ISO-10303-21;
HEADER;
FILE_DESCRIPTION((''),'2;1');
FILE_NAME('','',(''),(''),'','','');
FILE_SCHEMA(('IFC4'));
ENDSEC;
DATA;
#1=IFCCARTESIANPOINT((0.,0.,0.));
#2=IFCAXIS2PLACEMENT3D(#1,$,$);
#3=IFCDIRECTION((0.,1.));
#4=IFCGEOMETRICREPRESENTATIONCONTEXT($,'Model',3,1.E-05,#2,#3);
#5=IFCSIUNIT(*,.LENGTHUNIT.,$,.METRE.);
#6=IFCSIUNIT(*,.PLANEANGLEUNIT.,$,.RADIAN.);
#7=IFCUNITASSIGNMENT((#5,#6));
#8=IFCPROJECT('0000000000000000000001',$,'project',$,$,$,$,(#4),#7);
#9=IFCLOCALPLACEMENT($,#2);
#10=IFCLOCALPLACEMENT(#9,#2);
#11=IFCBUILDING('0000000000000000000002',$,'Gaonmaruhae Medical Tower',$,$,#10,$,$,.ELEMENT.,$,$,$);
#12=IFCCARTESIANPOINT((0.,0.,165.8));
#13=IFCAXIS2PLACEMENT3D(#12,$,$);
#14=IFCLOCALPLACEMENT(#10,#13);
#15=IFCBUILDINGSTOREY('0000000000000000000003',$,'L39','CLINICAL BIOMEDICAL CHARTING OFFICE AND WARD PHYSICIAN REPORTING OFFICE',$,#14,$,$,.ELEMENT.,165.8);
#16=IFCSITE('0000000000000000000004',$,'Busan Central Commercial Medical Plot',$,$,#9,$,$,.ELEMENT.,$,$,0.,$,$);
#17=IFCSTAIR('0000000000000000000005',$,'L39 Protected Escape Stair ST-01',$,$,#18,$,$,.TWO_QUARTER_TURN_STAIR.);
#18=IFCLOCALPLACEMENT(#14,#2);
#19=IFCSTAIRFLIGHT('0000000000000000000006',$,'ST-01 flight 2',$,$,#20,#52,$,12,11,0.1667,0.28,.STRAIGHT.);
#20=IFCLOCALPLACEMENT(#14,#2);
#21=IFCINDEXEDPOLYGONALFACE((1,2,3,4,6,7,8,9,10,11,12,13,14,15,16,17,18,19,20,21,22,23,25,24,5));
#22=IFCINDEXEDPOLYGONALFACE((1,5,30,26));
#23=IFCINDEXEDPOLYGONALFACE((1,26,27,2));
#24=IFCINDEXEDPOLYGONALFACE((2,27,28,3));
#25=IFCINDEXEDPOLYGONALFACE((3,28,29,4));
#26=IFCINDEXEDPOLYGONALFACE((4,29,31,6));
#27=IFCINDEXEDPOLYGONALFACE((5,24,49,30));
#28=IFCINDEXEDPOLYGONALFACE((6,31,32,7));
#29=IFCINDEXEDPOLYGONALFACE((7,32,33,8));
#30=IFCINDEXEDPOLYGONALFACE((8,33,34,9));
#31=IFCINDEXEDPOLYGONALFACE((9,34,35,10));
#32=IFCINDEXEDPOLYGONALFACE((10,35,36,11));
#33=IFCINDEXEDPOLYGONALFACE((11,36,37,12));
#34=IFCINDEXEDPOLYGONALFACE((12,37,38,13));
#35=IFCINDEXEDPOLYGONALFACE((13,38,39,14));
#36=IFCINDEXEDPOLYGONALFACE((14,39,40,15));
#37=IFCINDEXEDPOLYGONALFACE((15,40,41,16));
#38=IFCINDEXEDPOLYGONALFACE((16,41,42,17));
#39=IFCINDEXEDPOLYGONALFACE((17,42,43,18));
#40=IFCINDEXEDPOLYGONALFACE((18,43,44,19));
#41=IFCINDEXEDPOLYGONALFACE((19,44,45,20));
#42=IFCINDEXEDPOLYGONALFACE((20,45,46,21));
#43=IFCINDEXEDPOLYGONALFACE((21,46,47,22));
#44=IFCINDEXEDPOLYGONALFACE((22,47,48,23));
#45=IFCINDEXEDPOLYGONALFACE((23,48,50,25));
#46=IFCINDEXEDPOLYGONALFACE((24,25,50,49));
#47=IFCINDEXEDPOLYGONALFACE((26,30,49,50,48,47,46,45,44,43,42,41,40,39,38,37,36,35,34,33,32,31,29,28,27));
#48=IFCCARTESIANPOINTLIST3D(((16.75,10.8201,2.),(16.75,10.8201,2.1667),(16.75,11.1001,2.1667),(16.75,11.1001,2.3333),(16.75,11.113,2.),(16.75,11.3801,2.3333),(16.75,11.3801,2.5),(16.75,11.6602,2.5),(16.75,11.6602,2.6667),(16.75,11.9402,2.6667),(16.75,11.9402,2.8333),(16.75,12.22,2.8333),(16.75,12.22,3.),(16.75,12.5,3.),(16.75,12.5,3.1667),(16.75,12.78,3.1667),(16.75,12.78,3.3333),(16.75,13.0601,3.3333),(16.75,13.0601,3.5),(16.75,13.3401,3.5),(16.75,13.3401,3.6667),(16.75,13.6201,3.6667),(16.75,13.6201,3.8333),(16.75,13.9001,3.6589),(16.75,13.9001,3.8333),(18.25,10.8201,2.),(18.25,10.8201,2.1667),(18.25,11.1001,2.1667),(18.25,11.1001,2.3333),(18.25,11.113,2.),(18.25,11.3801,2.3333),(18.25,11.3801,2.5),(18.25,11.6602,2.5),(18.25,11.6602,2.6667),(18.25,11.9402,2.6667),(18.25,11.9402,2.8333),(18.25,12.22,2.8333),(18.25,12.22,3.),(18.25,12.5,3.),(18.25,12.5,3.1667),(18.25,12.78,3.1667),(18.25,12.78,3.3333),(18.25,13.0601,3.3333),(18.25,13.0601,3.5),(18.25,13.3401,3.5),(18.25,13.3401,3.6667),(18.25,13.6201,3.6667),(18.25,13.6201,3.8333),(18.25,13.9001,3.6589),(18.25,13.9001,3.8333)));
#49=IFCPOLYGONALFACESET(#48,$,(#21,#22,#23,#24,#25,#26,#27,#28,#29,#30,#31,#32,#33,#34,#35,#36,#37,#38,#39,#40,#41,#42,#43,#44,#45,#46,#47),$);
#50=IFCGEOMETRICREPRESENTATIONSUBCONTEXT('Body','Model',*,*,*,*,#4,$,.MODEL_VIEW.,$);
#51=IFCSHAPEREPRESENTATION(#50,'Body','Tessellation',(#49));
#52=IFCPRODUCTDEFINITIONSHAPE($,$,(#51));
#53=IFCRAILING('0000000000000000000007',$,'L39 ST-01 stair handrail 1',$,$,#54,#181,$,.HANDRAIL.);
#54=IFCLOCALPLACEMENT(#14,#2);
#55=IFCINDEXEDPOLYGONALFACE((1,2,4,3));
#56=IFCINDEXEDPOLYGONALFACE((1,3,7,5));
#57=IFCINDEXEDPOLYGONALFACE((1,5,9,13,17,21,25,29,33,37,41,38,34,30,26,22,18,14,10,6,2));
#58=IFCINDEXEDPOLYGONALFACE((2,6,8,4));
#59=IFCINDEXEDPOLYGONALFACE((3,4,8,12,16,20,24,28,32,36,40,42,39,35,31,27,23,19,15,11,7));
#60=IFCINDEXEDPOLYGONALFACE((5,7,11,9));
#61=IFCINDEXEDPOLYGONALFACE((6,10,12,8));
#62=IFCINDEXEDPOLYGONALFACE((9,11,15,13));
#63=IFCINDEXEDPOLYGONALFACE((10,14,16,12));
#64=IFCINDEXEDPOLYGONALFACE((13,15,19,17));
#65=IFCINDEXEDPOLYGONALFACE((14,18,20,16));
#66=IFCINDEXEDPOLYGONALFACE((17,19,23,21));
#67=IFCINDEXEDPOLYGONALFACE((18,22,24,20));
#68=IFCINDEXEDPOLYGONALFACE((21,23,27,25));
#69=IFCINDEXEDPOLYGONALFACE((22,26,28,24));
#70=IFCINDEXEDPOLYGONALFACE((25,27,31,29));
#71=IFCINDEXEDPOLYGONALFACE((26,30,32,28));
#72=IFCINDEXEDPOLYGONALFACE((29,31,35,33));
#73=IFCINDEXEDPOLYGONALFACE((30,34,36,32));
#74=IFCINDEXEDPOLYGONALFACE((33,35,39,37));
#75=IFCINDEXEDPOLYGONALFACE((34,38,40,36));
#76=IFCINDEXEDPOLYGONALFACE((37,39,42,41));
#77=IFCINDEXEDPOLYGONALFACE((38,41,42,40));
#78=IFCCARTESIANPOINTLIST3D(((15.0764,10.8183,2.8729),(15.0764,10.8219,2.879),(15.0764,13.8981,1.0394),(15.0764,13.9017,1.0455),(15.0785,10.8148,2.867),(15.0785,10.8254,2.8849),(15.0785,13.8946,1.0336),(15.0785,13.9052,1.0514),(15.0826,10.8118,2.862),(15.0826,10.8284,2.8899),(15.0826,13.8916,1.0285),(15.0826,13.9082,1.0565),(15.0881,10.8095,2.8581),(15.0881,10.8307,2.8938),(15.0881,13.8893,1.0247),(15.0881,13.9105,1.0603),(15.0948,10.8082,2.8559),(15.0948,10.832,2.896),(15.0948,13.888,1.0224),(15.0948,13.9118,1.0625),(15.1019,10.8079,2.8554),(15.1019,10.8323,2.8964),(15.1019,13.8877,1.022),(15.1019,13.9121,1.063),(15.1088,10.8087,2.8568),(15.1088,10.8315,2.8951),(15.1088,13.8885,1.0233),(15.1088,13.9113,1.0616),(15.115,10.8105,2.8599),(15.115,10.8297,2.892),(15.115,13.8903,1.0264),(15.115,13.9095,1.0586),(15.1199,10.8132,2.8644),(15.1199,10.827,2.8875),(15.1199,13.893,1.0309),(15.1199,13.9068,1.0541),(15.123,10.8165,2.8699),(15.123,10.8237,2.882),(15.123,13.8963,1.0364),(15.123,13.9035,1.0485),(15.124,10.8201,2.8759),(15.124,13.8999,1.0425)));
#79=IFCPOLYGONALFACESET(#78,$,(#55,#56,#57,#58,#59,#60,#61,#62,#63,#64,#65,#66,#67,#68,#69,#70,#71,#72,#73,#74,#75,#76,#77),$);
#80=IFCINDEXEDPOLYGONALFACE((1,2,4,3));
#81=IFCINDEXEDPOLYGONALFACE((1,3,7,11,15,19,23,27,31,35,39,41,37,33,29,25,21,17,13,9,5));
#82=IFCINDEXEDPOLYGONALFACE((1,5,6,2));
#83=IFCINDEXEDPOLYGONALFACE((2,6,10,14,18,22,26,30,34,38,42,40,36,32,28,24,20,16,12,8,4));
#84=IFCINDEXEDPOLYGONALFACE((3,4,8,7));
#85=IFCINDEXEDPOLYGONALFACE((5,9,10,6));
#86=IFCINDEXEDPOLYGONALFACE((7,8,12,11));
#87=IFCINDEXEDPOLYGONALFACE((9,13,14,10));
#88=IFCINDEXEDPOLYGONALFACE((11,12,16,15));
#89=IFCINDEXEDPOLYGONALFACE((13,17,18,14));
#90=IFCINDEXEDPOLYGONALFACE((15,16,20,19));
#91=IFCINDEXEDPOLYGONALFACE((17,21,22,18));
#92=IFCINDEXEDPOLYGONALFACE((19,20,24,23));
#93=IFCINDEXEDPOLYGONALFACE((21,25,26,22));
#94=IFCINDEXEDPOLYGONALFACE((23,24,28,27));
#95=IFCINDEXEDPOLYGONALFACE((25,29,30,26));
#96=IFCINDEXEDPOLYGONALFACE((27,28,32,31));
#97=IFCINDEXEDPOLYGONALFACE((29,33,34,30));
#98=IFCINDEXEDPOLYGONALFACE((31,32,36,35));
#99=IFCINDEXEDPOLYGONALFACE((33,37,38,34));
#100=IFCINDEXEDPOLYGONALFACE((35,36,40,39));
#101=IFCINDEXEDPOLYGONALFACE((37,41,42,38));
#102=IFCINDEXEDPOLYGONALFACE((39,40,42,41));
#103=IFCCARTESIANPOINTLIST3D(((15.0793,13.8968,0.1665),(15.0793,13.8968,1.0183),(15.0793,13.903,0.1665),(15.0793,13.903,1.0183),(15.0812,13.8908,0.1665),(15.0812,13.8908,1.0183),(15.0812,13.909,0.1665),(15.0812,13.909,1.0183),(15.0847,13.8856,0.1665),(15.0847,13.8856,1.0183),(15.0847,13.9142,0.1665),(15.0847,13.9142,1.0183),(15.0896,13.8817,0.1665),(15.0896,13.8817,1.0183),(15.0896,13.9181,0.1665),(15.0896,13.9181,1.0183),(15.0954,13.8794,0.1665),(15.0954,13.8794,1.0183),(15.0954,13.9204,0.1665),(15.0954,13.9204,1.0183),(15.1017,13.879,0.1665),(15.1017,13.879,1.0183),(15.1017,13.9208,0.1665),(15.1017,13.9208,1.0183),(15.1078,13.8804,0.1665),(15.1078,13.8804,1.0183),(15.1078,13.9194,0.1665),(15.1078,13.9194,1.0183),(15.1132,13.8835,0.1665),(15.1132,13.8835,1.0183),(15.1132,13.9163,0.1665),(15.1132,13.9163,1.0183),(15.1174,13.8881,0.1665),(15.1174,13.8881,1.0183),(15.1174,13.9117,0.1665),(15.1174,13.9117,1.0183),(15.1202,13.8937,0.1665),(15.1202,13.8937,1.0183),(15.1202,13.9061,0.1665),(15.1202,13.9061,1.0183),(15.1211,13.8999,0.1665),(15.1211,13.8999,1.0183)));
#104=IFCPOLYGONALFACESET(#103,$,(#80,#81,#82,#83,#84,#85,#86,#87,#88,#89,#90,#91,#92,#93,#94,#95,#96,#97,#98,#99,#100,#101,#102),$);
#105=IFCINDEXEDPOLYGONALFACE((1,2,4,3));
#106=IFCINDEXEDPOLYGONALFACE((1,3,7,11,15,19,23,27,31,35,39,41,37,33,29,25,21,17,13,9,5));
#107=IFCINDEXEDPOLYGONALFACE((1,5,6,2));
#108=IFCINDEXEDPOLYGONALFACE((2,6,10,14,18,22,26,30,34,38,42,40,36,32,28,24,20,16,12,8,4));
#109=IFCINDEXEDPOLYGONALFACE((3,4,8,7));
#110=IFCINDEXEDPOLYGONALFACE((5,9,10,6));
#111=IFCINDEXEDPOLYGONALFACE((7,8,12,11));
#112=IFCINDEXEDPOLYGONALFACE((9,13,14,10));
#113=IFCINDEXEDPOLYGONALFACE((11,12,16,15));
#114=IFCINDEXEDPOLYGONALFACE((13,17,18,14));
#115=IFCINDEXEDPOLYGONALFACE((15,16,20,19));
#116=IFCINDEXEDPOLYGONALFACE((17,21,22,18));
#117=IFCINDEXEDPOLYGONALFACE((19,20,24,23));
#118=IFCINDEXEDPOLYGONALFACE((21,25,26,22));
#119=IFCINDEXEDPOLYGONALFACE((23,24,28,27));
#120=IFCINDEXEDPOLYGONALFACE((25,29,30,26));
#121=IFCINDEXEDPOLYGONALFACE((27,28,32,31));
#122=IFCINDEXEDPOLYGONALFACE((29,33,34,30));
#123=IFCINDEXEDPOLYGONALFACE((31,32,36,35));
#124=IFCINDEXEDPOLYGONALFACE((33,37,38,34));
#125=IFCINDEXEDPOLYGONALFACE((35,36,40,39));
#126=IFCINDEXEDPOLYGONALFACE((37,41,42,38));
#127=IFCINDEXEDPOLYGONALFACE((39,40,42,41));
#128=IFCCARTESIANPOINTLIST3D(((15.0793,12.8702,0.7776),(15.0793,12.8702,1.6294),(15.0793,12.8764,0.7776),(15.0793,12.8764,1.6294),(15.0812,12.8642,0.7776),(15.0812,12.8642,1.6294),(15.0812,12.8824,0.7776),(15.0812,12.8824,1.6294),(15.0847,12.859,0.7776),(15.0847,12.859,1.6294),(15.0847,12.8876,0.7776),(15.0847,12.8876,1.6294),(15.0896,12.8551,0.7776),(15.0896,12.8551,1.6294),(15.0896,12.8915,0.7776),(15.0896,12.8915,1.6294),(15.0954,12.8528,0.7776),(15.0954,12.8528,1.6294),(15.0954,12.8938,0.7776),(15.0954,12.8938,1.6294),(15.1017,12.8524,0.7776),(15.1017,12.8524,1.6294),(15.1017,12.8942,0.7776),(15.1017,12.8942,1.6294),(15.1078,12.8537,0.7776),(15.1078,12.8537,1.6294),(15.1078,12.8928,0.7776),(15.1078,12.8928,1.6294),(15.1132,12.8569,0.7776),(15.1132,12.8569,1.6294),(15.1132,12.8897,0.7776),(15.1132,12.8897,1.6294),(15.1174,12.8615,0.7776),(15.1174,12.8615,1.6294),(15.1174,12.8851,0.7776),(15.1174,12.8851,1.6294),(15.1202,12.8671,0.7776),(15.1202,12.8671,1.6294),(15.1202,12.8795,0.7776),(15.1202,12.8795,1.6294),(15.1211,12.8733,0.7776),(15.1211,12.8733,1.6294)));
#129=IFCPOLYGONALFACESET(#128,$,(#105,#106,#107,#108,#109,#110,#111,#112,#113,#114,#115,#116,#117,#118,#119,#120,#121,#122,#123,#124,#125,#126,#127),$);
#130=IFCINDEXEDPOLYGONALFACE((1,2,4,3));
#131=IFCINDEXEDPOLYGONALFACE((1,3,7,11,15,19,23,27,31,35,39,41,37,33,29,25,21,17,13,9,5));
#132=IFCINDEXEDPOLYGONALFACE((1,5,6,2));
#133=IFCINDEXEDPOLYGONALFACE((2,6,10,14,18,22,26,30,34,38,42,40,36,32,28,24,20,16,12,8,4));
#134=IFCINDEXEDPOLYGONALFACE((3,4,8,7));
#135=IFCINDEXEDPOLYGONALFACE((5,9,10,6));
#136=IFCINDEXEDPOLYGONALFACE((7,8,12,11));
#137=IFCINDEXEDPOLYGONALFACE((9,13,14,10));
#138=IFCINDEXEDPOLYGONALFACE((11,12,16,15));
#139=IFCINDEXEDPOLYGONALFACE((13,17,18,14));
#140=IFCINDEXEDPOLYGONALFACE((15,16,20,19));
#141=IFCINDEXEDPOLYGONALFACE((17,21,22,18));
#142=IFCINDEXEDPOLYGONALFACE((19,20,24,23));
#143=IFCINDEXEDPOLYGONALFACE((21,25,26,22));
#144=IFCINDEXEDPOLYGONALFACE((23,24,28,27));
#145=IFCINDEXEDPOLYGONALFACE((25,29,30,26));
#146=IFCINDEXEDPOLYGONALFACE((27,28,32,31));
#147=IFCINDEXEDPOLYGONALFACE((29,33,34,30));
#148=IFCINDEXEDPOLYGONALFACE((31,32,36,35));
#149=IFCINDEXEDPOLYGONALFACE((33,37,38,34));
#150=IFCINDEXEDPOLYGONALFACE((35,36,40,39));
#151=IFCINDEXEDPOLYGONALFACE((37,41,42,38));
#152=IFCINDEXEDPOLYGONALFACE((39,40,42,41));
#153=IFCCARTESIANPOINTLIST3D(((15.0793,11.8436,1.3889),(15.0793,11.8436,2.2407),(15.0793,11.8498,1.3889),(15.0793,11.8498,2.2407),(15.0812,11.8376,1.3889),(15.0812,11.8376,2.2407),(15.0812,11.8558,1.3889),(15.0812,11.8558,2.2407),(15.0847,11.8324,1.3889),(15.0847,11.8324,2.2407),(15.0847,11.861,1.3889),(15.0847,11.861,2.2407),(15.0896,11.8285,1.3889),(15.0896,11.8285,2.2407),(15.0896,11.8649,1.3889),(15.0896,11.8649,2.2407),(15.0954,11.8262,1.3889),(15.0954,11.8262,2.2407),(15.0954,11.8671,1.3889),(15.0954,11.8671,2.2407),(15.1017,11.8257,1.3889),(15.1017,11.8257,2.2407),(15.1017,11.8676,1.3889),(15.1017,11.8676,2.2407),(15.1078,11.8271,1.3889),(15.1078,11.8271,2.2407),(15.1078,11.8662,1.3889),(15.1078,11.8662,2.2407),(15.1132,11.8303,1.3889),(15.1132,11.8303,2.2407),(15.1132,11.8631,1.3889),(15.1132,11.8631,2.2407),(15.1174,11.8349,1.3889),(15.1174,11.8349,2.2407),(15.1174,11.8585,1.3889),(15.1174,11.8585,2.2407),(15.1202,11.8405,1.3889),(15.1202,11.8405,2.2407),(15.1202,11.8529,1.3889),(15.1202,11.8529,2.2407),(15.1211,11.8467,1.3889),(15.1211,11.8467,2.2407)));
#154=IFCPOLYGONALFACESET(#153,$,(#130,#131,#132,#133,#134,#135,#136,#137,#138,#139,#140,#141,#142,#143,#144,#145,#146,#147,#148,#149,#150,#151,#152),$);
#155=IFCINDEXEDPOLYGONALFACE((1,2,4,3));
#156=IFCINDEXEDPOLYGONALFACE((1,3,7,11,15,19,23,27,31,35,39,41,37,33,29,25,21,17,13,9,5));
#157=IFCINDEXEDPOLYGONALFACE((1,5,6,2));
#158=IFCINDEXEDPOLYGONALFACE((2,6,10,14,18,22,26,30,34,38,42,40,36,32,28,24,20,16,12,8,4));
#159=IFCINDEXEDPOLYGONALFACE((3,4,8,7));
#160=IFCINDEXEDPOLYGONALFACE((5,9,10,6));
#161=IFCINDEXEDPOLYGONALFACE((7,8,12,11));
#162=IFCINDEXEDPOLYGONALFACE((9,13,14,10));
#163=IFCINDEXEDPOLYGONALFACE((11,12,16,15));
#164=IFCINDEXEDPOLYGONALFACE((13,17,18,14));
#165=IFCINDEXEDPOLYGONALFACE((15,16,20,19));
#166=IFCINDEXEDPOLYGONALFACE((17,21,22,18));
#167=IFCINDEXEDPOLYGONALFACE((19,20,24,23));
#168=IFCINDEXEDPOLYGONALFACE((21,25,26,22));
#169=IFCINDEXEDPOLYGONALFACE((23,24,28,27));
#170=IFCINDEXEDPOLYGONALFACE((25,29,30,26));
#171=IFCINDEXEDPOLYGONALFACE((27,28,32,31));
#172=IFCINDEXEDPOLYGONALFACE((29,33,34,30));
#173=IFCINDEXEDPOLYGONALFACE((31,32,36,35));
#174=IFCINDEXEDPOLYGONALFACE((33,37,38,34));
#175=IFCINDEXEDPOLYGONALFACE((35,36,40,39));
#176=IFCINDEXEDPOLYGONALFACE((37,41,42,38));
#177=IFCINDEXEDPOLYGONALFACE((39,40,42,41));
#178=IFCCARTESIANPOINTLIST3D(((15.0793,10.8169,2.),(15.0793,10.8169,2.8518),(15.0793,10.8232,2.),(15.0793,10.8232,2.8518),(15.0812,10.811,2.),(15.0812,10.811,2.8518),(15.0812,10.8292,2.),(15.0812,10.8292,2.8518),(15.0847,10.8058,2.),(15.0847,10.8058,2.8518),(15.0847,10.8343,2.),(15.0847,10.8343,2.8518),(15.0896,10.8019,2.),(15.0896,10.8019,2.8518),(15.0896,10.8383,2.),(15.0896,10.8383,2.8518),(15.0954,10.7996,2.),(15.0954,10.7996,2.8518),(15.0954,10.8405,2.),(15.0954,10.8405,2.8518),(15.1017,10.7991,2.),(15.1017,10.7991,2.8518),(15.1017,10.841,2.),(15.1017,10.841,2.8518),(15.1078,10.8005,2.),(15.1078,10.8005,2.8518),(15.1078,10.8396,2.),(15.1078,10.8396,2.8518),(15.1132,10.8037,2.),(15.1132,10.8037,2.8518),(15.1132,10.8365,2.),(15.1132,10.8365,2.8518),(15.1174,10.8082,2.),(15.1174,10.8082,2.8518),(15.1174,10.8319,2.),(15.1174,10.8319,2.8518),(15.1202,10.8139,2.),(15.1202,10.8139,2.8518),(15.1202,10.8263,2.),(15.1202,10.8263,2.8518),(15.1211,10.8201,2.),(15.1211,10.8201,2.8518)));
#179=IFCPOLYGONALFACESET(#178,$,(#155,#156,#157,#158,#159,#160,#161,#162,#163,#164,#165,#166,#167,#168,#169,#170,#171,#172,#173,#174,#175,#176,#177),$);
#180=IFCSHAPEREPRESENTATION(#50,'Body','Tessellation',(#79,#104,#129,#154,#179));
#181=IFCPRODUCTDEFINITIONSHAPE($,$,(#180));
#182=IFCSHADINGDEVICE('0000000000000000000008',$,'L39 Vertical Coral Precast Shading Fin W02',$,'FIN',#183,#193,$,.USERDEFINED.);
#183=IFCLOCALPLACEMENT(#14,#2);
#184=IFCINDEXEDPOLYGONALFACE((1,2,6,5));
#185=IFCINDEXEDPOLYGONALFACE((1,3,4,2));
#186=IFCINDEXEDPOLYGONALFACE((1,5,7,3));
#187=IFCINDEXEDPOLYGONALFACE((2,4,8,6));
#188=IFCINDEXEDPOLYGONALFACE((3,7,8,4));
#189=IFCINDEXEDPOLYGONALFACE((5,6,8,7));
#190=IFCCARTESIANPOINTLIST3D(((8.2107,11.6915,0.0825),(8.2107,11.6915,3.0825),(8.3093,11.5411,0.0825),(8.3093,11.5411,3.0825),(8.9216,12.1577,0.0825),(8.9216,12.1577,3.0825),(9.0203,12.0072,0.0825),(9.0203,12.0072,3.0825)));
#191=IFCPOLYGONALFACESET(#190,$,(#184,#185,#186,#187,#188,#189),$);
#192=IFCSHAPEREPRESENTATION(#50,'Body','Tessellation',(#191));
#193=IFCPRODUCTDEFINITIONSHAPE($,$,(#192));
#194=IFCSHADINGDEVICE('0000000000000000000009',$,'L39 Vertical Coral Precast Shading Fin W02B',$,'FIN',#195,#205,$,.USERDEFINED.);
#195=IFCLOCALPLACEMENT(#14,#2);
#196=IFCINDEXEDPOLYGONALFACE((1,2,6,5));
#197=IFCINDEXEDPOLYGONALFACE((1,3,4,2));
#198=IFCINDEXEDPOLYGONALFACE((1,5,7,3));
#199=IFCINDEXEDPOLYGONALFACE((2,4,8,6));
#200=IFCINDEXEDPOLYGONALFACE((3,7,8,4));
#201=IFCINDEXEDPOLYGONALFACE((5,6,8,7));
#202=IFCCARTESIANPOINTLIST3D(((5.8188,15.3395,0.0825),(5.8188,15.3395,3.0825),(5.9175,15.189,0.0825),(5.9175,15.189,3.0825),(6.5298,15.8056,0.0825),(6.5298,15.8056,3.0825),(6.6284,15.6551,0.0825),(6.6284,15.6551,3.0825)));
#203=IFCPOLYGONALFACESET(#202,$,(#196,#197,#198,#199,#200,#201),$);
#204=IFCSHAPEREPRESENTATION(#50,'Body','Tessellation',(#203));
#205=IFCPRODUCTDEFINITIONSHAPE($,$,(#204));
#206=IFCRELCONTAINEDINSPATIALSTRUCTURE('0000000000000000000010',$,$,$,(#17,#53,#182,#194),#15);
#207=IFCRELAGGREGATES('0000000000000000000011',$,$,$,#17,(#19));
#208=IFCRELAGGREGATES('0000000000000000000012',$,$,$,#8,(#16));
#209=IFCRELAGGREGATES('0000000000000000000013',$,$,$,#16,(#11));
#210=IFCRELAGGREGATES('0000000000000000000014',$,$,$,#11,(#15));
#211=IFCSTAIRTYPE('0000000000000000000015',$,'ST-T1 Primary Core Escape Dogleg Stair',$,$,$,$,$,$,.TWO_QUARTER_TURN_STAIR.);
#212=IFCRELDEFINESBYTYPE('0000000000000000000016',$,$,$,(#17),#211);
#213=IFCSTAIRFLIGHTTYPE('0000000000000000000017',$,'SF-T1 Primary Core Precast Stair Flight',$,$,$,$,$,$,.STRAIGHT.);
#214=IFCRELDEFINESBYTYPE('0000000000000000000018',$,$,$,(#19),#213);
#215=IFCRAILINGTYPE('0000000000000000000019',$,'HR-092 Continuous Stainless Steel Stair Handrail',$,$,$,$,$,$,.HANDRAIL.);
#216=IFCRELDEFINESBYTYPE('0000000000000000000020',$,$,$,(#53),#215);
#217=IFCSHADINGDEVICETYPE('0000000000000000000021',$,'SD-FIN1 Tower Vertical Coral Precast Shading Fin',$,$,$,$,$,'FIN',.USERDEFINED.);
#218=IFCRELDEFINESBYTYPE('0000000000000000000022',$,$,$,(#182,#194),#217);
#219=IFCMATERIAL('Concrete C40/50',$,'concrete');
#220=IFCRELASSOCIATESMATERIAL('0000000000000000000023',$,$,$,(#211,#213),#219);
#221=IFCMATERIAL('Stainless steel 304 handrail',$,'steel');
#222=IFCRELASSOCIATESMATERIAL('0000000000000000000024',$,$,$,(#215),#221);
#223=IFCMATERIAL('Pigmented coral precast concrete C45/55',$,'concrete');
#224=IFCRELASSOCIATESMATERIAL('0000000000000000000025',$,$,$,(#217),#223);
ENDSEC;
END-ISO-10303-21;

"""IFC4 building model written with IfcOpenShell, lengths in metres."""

from ifc_helpers import new_model, si_unit, direction, frame, origin, origin_2d, place, context, subcontext, project, spatial, polyline, rectangle, circle, outline, extrude, material, type_object, element, aggregate, save


model = new_model("IFC4")

# Units and contexts
model_context = context("Model", 3, precision=1e-05, world=origin(), true_north=direction((0.0, 1.0)))
body_context = subcontext(model_context, "Body", "Model", "MODEL_VIEW")
ifc_project = project(units=[si_unit("LENGTHUNIT", "METRE"), si_unit("PLANEANGLEUNIT", "RADIAN")], contexts=[model_context])

# Site, building, storey
site_placement = place(None, origin())
site = spatial("IfcSite", under=ifc_project, at=site_placement, Name="Busan Central Commercial Medical Plot", CompositionType="ELEMENT", RefElevation=0.0)
building_placement = place(site_placement, origin())
building = spatial("IfcBuilding", under=site, at=building_placement, Name="Gaonmaruhae Medical Tower", CompositionType="ELEMENT")
storey_placement = place(building_placement, frame((0.0, 0.0, 165.8)))
storey = spatial("IfcBuildingStorey", under=building, at=storey_placement, Name="L39", Description="CLINICAL BIOMEDICAL CHARTING OFFICE AND WARD PHYSICIAN REPORTING OFFICE", CompositionType="ELEMENT", Elevation=165.8)

# Stair, stair flight
ifc_material_1 = material(Name="Concrete C40/50", Category="concrete")
stair_type = type_object("IfcStairType", Name="ST-T1 Primary Core Escape Dogleg Stair", PredefinedType="TWO_QUARTER_TURN_STAIR", material=ifc_material_1)
stair_placement = place(storey_placement, origin())
stair = element("IfcStair", 1, at=stair_placement, inside=storey, type_object=stair_type, Name="L39 Protected Escape Stair ST-01", PredefinedType="TWO_QUARTER_TURN_STAIR")
stair_flight_type = type_object("IfcStairFlightType", Name="SF-T1 Primary Core Precast Stair Flight", PredefinedType="STRAIGHT", material=ifc_material_1)
stair_flight_1_placement = place(storey_placement, frame((17.5, 10.8201, 2.0), z_axis=(0.0, 0.0, 1.0), x_axis=(0.0, 1.0, 0.0)))
stair_flight_1 = element("IfcStairFlight", 2, at=stair_flight_1_placement, type_object=stair_flight_type, Name="ST-01 flight 2", NumberOfRisers=12, NumberOfTreads=11, PredefinedType="STRAIGHT", RiserHeight=0.1667, TreadLength=0.28, context=body_context, shape_type="SweptSolid", body=[
    extrude(outline(polyline([(0.0, 0.0), (0.0, 0.1667), (0.28, 0.1667), (0.28, 0.3333), (0.5601, 0.3333), (0.5601, 0.5), (0.8401, 0.5), (0.8401, 0.6667), (1.1201, 0.6667), (1.1201, 0.8333), (1.3999, 0.8333), (1.3999, 1.0), (1.6799, 1.0), (1.6799, 1.1667), (1.96, 1.1667), (1.96, 1.3333), (2.24, 1.3333), (2.24, 1.5), (2.52, 1.5), (2.52, 1.6667), (2.8, 1.6667), (2.8, 1.8333), (3.0801, 1.8333), (3.0801, 2.0), (3.0801, 1.6589), (0.293, 0.0), (0.0, 0.0)])), frame((0.0, 0.75, 0.0), z_axis=(0.0, -1.0, 0.0), x_axis=(1.0, 0.0, 0.0)), (0.0, 0.0, 1.0), 1.5),
])
aggregate(stair, [stair_flight_1])

# Railing
ifc_material_2 = material(Name="Stainless steel 304 handrail", Category="steel")
railing_type_1 = type_object("IfcRailingType", Name="HR-092 Continuous Stainless Steel Stair Handrail", PredefinedType="HANDRAIL", material=ifc_material_2)
railing_1_placement = place(storey_placement, frame((15.1001, 13.8999, 0.1665)))
element("IfcRailing", 3, at=railing_1_placement, inside=storey, type_object=railing_type_1, Name="L39 ST-01 stair handrail 1", PredefinedType="HANDRAIL", context=body_context, shape_type="SweptSolid", body=[
    extrude(circle(Radius=0.0239, at=origin_2d()), frame((0.0, 0.0, 0.876), z_axis=(0.0, -0.859261, 0.511538), x_axis=(1.0, 0.0, 0.0)), (0.0, 0.0, 1.0), 3.5842),
    extrude(circle(Radius=0.021, at=origin_2d()), origin(), (0.0, 0.0, 1.0), 0.8518),
    extrude(circle(Radius=0.021, at=origin_2d()), frame((0.0, -1.0266, 0.6111)), (0.0, 0.0, 1.0), 0.8518),
    extrude(circle(Radius=0.021, at=origin_2d()), frame((0.0, -2.0532, 1.2224)), (0.0, 0.0, 1.0), 0.8518),
    extrude(circle(Radius=0.021, at=origin_2d()), frame((0.0, -3.0798, 1.8335)), (0.0, 0.0, 1.0), 0.8518),
])

# Shading devices
ifc_material_3 = material(Name="Pigmented coral precast concrete C45/55", Category="concrete")
shading_device_type = type_object("IfcShadingDeviceType", Name="SD-FIN1 Tower Vertical Coral Precast Shading Fin", ElementType="FIN", PredefinedType="USERDEFINED", material=ifc_material_3)
for number, where, z_axis, x_axis, name in (
    (4, (8.6155, 11.8494, 0.0825), (0.0, 0.0, 1.0), (-0.548308, 0.836277, 0.0), "L39 Vertical Coral Precast Shading Fin W02"),
    (5, (6.2236, 15.4973, 0.0825), (0.0, 0.0, 1.0), (-0.548308, 0.836277, 0.0), "L39 Vertical Coral Precast Shading Fin W02B"),
):
    element("IfcShadingDevice", number, at=place(storey_placement, frame(where, z_axis=z_axis, x_axis=x_axis)), inside=storey, type_object=shading_device_type, Name=name, ObjectType="FIN", PredefinedType="USERDEFINED", context=body_context, shape_type="SweptSolid", body=[
        extrude(rectangle(XDim=0.1799, YDim=0.8501, at=origin_2d()), origin(), (0.0, 0.0, 1.0), 3.0),
    ])

save(model, "model.ifc")
